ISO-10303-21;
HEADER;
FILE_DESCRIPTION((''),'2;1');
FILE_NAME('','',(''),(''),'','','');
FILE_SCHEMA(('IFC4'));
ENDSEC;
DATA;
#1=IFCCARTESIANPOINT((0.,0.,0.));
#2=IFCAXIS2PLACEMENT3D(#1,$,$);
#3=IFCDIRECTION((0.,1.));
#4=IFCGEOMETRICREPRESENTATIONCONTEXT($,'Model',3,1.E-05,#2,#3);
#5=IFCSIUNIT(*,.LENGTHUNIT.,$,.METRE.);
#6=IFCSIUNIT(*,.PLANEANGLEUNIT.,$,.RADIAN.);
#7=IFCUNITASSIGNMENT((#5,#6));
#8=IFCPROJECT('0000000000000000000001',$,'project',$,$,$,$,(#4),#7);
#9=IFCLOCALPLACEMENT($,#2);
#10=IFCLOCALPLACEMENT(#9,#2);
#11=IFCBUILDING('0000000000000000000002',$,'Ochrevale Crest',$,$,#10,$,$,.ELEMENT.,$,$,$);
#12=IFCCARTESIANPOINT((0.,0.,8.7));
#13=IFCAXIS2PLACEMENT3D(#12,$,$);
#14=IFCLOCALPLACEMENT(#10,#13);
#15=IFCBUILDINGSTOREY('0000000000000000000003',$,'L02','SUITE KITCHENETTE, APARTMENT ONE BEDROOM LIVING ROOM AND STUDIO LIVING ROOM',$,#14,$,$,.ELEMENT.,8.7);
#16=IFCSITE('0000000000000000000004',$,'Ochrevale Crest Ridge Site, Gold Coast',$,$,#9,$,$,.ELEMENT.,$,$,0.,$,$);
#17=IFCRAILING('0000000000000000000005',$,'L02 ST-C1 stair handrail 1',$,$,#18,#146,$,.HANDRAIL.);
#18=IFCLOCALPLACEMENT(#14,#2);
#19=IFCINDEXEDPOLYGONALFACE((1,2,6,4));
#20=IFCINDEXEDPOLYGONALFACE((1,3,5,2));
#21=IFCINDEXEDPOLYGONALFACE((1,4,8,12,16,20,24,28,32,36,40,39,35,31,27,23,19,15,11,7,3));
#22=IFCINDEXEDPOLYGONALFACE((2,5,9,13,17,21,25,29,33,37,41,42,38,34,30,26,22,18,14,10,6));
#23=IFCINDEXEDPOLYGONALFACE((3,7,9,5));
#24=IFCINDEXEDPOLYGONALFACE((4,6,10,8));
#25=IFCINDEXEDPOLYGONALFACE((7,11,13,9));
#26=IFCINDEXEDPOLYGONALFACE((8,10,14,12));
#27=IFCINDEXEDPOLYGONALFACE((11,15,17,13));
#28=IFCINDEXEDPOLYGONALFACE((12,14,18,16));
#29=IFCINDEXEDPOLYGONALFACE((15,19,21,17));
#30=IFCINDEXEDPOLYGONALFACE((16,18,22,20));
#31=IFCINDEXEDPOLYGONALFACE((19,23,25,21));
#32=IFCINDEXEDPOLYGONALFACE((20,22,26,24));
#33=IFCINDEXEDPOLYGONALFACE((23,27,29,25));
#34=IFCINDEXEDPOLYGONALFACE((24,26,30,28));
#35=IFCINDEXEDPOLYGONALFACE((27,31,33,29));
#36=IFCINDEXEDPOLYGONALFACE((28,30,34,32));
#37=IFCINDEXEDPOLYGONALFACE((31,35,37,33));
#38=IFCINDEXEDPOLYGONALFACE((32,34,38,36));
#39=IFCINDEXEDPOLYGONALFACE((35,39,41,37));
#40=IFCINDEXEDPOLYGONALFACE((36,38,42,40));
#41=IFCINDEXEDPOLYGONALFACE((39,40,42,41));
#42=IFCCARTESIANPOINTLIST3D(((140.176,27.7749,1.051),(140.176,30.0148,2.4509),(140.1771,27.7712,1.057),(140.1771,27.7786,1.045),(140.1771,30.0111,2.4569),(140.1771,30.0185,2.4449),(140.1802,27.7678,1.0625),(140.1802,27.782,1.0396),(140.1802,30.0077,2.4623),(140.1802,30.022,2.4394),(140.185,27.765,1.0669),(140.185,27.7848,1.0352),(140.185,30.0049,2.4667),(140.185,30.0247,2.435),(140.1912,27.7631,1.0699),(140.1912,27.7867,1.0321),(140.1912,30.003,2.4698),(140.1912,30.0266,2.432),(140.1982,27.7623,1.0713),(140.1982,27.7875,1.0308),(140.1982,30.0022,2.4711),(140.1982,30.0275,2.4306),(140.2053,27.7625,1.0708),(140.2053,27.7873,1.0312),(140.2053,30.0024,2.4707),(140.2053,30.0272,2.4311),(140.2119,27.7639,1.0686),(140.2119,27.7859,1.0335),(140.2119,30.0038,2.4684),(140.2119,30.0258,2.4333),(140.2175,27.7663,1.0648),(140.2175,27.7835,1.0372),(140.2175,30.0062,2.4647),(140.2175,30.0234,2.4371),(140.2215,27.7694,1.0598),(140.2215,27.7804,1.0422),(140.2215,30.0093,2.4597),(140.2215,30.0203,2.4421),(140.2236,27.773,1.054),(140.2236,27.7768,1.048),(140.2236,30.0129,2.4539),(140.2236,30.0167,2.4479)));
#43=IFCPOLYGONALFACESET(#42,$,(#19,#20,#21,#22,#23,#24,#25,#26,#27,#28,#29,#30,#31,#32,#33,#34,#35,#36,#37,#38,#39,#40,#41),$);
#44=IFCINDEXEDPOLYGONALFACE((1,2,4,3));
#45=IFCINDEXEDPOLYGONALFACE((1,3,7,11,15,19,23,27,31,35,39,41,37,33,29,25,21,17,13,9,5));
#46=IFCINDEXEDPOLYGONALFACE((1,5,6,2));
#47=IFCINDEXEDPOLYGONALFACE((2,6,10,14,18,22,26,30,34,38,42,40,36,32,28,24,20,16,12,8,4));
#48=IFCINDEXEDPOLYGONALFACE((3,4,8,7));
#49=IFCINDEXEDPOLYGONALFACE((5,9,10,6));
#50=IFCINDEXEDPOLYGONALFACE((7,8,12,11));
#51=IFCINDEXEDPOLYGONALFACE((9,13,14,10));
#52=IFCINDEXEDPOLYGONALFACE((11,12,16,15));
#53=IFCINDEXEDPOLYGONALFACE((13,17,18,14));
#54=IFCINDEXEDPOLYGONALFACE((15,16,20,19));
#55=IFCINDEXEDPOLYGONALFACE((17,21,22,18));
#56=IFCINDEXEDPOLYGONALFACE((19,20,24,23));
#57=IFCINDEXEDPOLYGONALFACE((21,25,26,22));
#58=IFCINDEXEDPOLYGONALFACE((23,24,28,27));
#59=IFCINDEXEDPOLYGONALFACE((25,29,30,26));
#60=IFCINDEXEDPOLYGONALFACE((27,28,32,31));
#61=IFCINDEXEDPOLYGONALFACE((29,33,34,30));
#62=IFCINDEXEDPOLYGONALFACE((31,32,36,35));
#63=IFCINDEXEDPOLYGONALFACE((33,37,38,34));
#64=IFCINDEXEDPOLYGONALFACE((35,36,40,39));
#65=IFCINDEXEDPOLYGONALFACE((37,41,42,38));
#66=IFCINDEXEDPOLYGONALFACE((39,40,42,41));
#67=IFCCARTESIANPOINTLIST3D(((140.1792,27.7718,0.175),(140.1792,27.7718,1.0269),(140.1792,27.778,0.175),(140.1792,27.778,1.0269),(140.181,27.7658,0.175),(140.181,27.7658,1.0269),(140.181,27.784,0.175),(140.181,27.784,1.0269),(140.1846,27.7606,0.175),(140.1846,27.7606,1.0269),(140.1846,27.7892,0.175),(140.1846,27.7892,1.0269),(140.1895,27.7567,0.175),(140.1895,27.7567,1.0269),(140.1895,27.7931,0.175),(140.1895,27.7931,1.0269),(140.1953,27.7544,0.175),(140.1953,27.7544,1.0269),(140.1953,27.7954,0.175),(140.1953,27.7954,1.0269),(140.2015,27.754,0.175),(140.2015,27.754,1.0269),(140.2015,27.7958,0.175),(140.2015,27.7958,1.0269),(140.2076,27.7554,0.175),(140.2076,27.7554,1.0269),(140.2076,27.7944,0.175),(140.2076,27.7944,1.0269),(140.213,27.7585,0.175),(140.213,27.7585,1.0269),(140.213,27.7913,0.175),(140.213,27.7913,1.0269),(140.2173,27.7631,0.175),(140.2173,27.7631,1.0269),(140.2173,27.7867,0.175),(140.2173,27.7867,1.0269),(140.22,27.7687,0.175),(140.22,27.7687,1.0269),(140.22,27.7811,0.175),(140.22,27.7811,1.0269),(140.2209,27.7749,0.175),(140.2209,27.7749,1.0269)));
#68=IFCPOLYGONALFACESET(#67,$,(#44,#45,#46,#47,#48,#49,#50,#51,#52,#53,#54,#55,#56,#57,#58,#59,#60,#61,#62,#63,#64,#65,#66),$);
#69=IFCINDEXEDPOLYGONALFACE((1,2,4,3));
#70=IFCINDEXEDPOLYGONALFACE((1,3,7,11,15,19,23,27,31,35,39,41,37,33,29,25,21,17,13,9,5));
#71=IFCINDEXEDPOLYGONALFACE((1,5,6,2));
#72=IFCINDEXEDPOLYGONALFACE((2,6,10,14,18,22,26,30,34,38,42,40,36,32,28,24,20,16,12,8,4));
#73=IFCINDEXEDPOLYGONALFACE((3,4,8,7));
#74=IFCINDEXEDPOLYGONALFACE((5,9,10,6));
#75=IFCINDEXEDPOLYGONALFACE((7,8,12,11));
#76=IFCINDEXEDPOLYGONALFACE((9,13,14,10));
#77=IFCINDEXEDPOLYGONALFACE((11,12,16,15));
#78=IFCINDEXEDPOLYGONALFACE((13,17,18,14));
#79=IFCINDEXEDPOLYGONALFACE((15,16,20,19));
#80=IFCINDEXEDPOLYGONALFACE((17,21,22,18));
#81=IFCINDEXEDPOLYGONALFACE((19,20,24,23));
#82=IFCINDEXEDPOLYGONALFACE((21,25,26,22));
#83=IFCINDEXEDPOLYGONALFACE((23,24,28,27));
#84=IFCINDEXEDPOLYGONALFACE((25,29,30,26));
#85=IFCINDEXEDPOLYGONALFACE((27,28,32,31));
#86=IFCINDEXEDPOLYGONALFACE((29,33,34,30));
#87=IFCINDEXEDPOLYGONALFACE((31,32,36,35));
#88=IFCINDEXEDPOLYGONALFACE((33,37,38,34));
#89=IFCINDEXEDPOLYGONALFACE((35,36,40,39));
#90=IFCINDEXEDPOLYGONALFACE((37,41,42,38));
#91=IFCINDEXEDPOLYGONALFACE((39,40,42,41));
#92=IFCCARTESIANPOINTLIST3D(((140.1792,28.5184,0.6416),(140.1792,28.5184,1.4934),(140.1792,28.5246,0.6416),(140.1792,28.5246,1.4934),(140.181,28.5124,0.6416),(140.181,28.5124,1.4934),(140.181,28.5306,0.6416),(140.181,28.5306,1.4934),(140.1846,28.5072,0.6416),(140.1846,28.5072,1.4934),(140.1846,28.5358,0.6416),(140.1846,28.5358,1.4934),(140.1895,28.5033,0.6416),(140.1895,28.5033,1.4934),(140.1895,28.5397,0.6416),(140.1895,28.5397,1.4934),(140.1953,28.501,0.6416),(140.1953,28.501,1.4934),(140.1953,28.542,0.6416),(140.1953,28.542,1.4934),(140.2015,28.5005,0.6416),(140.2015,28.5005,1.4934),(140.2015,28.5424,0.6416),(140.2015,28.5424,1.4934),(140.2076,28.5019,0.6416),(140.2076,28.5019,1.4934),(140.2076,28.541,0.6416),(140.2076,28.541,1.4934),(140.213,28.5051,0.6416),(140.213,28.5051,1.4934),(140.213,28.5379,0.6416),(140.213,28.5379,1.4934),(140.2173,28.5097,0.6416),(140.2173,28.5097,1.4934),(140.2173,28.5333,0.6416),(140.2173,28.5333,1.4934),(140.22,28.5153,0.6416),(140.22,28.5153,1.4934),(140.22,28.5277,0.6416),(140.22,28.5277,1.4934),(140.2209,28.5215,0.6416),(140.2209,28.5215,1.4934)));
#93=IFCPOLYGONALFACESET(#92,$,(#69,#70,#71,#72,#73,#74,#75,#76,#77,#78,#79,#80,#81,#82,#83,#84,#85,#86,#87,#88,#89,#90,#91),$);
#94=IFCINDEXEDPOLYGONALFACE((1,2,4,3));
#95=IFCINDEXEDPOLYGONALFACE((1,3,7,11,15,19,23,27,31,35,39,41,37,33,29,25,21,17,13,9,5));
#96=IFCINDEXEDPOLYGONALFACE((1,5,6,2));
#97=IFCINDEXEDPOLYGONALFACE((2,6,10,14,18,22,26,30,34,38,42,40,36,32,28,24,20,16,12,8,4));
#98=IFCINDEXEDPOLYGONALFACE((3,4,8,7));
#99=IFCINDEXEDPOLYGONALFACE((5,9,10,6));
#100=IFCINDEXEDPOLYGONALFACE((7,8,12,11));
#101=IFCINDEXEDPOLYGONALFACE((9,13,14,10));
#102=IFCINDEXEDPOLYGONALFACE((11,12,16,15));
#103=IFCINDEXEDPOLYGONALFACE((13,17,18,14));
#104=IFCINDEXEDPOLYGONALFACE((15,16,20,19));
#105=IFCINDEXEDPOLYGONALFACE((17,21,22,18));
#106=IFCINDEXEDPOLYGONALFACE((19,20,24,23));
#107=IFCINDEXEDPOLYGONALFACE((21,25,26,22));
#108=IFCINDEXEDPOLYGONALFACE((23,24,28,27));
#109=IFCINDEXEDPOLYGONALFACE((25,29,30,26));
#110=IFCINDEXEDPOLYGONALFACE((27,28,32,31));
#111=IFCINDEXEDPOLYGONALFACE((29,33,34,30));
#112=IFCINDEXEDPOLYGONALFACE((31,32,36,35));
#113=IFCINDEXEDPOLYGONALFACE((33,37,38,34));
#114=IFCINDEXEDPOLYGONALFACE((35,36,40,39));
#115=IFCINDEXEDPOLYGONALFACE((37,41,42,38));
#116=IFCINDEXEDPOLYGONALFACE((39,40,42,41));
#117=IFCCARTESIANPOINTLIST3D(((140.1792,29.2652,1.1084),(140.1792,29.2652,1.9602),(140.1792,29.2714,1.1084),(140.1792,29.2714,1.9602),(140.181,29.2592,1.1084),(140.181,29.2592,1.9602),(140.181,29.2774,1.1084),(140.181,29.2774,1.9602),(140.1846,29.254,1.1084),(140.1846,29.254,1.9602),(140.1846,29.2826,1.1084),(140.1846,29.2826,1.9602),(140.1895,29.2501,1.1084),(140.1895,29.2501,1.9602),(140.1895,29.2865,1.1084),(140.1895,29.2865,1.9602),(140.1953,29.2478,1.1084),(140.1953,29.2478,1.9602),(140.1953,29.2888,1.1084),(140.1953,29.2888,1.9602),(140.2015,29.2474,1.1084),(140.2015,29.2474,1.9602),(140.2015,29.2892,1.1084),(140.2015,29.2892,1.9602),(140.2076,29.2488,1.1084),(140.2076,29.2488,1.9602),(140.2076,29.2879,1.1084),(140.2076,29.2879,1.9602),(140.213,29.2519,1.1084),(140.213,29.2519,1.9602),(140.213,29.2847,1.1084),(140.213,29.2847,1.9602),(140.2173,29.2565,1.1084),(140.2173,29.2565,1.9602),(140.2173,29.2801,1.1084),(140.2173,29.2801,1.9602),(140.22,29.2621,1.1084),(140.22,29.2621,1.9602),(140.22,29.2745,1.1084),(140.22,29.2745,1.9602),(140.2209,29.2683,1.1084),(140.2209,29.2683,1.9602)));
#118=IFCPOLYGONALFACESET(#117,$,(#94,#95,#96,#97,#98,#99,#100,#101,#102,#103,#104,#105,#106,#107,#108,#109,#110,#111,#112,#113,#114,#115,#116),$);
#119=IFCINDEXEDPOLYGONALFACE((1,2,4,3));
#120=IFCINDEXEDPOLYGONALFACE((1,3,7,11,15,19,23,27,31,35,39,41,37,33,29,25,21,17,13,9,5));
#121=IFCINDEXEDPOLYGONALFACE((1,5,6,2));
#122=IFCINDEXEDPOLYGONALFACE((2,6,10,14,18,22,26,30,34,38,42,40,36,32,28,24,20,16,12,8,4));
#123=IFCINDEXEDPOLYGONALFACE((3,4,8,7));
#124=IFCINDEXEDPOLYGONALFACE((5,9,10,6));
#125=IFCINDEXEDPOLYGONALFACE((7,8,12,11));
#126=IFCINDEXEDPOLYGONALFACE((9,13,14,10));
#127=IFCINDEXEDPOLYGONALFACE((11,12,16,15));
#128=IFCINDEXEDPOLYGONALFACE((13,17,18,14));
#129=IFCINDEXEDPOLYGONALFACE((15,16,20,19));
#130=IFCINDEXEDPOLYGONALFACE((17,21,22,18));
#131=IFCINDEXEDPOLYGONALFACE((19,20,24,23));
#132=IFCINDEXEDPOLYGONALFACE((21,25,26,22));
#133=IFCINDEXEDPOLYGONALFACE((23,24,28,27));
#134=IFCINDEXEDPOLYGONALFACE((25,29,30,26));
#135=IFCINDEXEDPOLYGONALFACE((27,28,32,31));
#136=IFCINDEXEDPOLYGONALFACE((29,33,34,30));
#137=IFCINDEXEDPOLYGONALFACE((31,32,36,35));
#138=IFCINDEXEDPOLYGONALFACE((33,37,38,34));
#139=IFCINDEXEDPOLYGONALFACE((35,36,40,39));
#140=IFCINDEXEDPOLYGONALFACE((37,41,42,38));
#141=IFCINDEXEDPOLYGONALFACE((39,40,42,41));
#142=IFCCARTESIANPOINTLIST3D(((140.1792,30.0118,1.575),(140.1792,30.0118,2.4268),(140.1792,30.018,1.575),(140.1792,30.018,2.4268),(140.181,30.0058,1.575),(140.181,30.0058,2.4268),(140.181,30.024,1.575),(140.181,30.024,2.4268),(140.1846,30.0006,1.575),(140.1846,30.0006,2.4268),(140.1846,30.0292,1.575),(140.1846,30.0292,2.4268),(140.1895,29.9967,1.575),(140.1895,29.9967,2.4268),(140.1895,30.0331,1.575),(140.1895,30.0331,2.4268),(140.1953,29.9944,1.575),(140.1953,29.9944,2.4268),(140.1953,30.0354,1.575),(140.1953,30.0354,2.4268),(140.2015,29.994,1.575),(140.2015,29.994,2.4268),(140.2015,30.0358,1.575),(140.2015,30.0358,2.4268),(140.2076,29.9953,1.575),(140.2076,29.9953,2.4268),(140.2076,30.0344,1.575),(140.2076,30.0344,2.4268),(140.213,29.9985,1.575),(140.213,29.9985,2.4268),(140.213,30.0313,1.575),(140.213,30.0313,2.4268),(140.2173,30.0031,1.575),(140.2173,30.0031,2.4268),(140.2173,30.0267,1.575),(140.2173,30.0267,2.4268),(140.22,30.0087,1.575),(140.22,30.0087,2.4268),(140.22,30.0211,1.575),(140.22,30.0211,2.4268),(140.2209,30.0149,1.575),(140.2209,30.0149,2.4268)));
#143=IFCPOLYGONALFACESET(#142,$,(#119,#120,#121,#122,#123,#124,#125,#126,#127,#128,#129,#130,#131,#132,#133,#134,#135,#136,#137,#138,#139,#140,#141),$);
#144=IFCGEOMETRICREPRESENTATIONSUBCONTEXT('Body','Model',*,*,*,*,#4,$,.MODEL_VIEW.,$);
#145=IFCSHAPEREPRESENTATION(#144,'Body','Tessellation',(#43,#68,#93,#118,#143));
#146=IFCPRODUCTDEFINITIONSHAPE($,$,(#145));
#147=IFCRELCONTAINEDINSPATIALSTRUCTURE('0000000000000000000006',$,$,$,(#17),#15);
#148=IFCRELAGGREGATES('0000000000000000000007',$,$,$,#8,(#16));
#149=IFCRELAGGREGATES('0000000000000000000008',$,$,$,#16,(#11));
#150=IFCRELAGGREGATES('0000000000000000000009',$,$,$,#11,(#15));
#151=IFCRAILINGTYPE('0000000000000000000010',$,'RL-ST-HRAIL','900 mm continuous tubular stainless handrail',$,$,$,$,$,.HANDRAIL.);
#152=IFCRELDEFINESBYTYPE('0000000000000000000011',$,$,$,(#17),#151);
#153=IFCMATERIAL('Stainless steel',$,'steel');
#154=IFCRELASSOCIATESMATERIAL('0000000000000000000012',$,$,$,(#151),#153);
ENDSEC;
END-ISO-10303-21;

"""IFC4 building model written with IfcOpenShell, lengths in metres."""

from ifc_helpers import new_model, si_unit, direction, frame, origin, origin_2d, place, context, subcontext, project, spatial, circle, extrude, material, type_object, element, save


model = new_model("IFC4")

# Units and contexts
model_context = context("Model", 3, precision=1e-05, world=origin(), true_north=direction((0.0, 1.0)))
body_context = subcontext(model_context, "Body", "Model", "MODEL_VIEW")
ifc_project = project(units=[si_unit("LENGTHUNIT", "METRE"), si_unit("PLANEANGLEUNIT", "RADIAN")], contexts=[model_context])

# Site, building, storey
site_placement = place(None, origin())
site = spatial("IfcSite", under=ifc_project, at=site_placement, Name="Ochrevale Crest Ridge Site, Gold Coast", CompositionType="ELEMENT", RefElevation=0.0)
building_placement = place(site_placement, origin())
building = spatial("IfcBuilding", under=site, at=building_placement, Name="Ochrevale Crest", CompositionType="ELEMENT")
storey_placement = place(building_placement, frame((0.0, 0.0, 8.7)))
storey = spatial("IfcBuildingStorey", under=building, at=storey_placement, Name="L02", Description="SUITE KITCHENETTE, APARTMENT ONE BEDROOM LIVING ROOM AND STUDIO LIVING ROOM", CompositionType="ELEMENT", Elevation=8.7)

# Railing
ifc_material_1 = material(Name="Stainless steel", Category="steel")
railing_type_1 = type_object("IfcRailingType", Name="RL-ST-HRAIL", Description="900 mm continuous tubular stainless handrail", PredefinedType="HANDRAIL", material=ifc_material_1)
railing_1_placement = place(storey_placement, frame((140.2, 27.7749, 0.175)))
element("IfcRailing", 1, at=railing_1_placement, inside=storey, type_object=railing_type_1, Name="L02 ST-C1 stair handrail 1", PredefinedType="HANDRAIL", context=body_context, shape_type="SweptSolid", body=[
    extrude(circle(Radius=0.0239, at=origin_2d()), frame((0.0, 0.0, 0.876), z_axis=(0.0, 0.848014, 0.529974), x_axis=(-1.0, 0.0, 0.0)), (0.0, 0.0, 1.0), 2.6414),
    extrude(circle(Radius=0.021, at=origin_2d()), origin(), (0.0, 0.0, 1.0), 0.8518),
    extrude(circle(Radius=0.021, at=origin_2d()), frame((0.0, 0.7466, 0.4666)), (0.0, 0.0, 1.0), 0.8518),
    extrude(circle(Radius=0.021, at=origin_2d()), frame((0.0, 1.4934, 0.9333)), (0.0, 0.0, 1.0), 0.8518),
    extrude(circle(Radius=0.021, at=origin_2d()), frame((0.0, 2.24, 1.3999)), (0.0, 0.0, 1.0), 0.8518),
])

save(model, "model.ifc")
